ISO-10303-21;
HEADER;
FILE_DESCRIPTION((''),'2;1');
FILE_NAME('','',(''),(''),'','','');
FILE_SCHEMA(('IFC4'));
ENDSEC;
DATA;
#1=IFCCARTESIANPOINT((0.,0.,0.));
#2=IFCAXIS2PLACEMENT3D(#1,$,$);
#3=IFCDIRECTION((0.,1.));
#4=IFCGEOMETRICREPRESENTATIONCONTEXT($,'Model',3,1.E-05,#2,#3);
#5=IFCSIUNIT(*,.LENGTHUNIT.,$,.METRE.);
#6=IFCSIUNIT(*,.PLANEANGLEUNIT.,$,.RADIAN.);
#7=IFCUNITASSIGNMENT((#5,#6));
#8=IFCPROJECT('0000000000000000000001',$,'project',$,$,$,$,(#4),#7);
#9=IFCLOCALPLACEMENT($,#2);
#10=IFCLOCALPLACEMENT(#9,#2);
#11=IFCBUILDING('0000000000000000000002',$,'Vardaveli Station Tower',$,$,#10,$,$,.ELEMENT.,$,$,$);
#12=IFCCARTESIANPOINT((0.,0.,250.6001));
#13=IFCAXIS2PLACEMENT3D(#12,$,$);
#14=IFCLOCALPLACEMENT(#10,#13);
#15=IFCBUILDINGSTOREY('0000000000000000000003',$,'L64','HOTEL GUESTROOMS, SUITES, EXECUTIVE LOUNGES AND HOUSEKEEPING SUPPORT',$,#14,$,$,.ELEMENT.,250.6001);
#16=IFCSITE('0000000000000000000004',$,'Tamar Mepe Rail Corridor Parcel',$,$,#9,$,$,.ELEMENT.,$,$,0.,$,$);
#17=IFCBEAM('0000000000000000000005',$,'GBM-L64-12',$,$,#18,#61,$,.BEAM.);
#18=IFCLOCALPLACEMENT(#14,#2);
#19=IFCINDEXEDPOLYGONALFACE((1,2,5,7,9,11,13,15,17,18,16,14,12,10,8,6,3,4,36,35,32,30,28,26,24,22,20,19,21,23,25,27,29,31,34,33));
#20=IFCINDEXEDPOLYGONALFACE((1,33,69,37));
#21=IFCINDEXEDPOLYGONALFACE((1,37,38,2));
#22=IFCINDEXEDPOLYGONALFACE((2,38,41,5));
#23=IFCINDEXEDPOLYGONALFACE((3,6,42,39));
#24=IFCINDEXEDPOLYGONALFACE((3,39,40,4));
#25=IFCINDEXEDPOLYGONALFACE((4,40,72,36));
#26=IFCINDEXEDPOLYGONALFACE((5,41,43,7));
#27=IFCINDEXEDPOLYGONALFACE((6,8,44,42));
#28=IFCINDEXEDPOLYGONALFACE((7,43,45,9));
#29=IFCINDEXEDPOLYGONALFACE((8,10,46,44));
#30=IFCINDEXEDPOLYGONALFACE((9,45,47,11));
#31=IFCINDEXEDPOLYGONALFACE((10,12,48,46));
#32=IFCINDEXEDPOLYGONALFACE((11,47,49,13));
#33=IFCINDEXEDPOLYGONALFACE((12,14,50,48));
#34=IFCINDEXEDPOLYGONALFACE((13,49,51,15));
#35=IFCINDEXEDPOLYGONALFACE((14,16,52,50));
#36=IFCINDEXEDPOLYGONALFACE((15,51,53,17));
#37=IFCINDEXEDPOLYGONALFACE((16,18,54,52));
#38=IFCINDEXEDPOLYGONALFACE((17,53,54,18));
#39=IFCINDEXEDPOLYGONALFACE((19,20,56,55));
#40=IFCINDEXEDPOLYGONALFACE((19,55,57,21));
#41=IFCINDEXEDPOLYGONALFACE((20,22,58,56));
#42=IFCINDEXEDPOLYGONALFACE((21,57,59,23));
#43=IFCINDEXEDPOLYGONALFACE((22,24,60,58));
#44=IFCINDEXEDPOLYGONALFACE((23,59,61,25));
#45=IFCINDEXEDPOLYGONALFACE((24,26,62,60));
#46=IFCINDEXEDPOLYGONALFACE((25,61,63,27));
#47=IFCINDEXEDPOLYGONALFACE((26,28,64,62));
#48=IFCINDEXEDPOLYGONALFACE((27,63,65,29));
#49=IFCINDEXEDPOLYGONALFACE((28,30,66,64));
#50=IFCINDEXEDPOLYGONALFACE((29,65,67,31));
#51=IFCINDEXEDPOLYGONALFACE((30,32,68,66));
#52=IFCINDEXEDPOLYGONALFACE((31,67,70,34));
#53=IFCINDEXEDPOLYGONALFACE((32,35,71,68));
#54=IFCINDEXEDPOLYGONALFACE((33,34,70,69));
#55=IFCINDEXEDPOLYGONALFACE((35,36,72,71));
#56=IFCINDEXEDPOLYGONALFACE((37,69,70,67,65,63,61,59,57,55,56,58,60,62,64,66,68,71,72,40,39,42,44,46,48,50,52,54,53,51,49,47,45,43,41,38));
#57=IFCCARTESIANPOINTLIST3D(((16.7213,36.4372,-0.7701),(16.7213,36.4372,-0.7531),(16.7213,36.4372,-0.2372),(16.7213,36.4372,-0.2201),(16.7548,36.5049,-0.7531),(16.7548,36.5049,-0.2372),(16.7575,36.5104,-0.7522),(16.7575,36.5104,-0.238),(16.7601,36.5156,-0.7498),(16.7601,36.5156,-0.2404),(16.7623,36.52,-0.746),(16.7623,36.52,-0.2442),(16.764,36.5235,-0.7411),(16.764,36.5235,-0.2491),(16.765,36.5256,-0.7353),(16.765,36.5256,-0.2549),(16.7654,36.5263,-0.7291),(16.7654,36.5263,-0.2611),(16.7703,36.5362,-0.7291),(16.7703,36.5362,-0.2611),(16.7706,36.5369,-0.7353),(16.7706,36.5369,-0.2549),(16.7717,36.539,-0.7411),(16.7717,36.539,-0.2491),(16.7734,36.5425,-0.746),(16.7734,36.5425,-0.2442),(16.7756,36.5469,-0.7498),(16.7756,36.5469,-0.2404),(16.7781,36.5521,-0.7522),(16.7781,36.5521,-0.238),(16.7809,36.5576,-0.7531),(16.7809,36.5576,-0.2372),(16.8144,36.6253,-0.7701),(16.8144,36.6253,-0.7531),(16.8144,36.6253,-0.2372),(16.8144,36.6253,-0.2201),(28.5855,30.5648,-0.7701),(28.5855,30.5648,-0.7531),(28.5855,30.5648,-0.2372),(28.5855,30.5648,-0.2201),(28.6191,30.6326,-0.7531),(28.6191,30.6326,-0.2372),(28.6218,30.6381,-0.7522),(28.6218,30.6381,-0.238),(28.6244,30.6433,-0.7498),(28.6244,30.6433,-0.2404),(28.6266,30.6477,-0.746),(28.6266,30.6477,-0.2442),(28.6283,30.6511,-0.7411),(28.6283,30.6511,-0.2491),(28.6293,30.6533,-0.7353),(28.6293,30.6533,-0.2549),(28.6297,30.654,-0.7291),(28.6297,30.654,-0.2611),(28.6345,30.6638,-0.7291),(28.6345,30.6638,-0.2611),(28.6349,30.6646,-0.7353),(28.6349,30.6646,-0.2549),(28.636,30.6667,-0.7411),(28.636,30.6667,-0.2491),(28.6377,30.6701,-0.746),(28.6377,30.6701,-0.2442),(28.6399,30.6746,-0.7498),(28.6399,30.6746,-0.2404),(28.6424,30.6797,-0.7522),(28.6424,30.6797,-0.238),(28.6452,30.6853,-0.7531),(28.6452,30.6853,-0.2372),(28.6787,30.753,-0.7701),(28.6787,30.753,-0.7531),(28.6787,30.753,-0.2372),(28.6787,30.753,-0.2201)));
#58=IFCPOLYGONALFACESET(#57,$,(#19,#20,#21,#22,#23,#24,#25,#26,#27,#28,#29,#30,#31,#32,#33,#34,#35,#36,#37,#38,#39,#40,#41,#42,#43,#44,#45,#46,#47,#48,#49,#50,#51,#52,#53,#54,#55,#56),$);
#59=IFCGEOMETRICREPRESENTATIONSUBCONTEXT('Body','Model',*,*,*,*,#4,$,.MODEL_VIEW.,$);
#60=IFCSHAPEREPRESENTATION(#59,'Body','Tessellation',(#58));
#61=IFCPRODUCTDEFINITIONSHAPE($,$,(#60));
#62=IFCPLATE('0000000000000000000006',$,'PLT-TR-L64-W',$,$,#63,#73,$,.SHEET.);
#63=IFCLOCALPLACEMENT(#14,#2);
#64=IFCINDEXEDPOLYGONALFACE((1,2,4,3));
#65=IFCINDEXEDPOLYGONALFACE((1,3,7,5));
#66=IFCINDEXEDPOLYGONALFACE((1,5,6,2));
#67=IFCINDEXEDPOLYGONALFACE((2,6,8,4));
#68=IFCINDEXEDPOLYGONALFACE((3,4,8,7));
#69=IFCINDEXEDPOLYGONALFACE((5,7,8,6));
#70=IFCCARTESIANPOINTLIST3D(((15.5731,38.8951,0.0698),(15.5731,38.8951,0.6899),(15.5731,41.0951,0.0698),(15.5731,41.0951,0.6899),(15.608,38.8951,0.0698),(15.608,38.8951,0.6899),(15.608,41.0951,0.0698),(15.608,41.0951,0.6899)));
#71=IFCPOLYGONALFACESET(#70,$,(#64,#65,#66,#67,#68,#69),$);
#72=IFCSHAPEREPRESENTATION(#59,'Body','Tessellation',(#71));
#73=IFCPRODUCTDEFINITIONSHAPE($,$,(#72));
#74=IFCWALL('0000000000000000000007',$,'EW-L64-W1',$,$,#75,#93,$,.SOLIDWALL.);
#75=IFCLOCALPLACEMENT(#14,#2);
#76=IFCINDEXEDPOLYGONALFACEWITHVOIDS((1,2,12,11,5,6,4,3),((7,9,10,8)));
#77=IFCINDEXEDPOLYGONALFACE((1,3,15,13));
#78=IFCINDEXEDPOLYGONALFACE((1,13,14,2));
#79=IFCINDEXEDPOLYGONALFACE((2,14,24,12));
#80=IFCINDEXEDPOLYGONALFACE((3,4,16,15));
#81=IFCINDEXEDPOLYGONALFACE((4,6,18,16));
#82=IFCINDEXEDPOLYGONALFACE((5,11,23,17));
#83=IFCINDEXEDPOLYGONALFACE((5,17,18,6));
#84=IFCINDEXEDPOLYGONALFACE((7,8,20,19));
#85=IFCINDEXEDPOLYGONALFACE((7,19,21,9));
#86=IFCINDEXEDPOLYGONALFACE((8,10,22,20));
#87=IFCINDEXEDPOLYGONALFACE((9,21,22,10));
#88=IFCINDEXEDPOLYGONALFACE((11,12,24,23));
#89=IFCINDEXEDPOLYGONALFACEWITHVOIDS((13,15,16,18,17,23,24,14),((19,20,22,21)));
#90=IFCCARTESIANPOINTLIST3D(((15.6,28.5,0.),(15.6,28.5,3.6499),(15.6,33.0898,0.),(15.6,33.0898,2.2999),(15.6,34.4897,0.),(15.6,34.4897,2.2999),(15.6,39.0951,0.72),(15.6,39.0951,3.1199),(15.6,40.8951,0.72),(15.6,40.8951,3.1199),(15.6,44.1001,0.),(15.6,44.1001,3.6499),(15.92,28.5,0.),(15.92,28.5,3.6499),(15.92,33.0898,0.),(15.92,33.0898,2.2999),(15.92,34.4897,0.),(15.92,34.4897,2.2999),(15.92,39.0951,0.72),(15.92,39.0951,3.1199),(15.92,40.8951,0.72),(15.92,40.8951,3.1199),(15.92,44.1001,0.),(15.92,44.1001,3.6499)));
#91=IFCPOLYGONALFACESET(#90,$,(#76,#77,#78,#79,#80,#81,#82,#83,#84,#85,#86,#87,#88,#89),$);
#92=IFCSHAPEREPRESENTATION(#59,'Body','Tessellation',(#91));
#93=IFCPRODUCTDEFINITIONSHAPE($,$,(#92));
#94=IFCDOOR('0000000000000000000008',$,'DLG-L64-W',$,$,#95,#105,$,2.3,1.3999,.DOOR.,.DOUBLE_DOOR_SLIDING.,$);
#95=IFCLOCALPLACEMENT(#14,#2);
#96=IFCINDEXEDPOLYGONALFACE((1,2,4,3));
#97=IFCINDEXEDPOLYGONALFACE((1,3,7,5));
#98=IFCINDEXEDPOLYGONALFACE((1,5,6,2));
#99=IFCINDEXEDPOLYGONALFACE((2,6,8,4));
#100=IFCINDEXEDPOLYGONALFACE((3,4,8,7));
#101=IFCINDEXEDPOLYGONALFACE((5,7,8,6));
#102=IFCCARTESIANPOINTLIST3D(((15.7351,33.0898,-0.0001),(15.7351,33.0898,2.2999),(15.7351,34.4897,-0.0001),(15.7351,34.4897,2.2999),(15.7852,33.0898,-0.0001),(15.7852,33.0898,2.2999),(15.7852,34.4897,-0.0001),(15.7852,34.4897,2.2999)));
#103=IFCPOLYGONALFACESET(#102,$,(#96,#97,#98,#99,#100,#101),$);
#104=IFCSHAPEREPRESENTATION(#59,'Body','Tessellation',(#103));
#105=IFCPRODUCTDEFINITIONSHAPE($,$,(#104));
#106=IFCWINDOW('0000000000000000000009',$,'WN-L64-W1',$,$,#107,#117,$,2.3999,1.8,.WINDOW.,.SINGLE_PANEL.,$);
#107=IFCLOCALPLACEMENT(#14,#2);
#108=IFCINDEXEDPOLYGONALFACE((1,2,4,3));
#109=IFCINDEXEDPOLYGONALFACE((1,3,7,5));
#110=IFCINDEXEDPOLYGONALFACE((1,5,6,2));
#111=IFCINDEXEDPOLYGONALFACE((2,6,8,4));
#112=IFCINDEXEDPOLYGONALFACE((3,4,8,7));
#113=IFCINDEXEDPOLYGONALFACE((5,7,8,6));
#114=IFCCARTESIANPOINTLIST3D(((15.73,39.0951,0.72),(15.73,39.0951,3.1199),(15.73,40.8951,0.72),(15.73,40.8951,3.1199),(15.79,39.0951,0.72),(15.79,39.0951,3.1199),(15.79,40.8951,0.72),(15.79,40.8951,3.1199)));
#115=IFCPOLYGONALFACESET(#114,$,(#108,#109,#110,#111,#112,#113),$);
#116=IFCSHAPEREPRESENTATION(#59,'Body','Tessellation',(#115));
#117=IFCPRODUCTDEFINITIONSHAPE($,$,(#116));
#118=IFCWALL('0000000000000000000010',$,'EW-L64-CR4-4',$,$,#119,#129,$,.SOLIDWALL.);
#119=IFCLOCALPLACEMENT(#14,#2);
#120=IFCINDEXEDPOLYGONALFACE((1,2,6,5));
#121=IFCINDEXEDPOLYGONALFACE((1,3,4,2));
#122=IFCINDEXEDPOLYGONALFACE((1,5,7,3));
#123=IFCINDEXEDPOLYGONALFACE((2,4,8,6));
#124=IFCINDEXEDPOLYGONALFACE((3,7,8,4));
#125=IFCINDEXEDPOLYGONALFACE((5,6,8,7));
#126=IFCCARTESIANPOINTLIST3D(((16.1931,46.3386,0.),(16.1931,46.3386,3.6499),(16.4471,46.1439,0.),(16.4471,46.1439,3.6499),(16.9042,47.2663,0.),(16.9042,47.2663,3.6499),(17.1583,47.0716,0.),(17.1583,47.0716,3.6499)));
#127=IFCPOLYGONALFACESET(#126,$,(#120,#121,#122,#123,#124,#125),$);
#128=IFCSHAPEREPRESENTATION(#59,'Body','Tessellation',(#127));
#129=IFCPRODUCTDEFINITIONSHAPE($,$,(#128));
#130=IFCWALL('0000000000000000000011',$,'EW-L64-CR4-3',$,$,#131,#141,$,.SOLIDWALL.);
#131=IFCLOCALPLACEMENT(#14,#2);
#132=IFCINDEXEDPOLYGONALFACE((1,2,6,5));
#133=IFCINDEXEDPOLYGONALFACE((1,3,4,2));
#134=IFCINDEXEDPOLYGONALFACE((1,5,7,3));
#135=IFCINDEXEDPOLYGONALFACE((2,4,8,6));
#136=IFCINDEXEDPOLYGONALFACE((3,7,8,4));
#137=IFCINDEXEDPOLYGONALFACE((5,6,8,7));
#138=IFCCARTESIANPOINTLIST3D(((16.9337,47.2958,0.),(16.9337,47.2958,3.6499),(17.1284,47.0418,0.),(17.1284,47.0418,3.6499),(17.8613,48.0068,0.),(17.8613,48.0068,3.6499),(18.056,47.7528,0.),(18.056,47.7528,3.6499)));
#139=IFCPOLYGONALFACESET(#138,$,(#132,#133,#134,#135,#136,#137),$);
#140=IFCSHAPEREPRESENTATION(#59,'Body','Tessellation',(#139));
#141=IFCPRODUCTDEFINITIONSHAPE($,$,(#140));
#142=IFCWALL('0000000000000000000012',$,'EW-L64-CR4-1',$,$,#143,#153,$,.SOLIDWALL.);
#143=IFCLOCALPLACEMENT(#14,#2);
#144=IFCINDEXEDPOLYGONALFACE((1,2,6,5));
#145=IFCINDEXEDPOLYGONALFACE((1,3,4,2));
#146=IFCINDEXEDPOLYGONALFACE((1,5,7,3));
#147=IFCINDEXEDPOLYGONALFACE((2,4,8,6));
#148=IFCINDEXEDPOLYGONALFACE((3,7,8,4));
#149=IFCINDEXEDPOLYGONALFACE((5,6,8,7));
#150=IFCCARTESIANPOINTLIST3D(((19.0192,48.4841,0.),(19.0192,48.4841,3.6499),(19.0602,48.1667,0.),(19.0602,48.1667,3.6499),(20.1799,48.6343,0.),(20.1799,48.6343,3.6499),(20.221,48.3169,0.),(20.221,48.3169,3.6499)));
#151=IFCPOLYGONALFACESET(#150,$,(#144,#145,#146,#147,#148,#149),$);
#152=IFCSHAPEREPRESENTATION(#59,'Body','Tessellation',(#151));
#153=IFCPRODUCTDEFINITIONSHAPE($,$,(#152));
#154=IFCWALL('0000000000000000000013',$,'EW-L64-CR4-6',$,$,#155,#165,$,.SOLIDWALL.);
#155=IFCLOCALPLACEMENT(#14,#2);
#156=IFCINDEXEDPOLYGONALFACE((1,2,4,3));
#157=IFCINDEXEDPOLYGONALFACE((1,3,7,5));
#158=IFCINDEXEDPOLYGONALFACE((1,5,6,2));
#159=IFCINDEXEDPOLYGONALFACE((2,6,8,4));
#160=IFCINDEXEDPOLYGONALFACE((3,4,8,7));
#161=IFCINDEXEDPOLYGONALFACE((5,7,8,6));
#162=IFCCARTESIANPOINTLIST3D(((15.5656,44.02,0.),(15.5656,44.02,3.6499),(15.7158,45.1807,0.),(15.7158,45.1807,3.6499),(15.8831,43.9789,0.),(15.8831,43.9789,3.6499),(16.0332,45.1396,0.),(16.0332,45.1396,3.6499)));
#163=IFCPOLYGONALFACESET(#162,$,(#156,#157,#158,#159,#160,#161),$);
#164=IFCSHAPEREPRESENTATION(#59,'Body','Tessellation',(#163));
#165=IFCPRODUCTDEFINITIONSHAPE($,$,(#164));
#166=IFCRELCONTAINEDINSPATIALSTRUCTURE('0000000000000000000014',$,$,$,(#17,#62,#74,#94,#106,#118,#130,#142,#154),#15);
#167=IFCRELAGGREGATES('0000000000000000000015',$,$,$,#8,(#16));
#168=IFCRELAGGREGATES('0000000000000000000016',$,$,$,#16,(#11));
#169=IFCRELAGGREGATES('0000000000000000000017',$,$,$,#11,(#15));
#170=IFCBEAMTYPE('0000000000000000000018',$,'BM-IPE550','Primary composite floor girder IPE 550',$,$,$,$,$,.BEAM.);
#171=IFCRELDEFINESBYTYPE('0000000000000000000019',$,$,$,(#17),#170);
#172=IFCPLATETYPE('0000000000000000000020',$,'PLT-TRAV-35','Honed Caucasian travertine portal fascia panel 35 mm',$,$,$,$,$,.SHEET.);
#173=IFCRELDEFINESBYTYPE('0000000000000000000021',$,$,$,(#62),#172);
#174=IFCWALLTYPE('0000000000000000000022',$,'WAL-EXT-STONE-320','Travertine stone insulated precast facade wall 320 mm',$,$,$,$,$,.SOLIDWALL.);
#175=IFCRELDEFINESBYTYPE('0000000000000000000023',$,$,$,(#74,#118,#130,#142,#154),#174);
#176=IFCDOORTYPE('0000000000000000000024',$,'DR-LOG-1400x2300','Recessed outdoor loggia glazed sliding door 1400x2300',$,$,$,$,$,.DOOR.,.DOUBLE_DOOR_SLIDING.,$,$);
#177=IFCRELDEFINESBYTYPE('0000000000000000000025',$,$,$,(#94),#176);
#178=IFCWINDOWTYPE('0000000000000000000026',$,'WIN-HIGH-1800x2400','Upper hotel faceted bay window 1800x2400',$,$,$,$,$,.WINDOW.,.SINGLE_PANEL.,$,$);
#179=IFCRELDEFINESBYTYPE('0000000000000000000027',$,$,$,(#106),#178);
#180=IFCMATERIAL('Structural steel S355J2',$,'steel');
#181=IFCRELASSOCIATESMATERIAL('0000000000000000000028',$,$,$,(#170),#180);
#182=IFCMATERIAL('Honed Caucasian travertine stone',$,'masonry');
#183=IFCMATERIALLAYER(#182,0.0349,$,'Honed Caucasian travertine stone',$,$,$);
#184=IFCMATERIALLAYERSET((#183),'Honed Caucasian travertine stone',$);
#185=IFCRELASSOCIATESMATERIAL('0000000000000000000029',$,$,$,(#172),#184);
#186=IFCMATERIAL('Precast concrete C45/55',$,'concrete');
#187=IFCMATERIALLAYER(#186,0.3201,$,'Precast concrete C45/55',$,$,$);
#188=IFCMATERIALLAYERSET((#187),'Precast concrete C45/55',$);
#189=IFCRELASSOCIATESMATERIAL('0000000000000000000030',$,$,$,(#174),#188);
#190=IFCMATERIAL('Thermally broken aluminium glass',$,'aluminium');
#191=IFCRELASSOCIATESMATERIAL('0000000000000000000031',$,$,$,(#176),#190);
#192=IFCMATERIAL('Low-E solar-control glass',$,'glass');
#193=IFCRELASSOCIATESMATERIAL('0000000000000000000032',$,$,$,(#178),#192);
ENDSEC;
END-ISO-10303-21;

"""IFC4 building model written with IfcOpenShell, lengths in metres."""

from ifc_helpers import new_model, si_unit, direction, frame, frame_2d, origin, origin_2d, place, context, subcontext, project, spatial, rectangle, i_section, extrude, source, transform, mapped, material, layer, layer_set, material_profile, profile_set, type_object, element, fill, save


model = new_model("IFC4")

# Units and contexts
model_context = context("Model", 3, precision=1e-05, world=origin(), true_north=direction((0.0, 1.0)))
body_context = subcontext(model_context, "Body", "Model", "MODEL_VIEW")
ifc_project = project(units=[si_unit("LENGTHUNIT", "METRE"), si_unit("PLANEANGLEUNIT", "RADIAN")], contexts=[model_context])

# Site, building, storey
site_placement = place(None, origin())
site = spatial("IfcSite", under=ifc_project, at=site_placement, Name="Tamar Mepe Rail Corridor Parcel", CompositionType="ELEMENT", RefElevation=0.0)
building_placement = place(site_placement, origin())
building = spatial("IfcBuilding", under=site, at=building_placement, Name="Vardaveli Station Tower", CompositionType="ELEMENT")
storey_placement = place(building_placement, frame((0.0, 0.0, 250.6001)))
storey = spatial("IfcBuildingStorey", under=building, at=storey_placement, Name="L64", Description="HOTEL GUESTROOMS, SUITES, EXECUTIVE LOUNGES AND HOUSEKEEPING SUPPORT", CompositionType="ELEMENT", Elevation=250.6001)

# Beam
ifc_material_1 = material(Name="Precast concrete C45/55", Category="concrete")
ifc_material_2 = material(Name="Structural steel S355J2", Category="steel")
ifc_material_profile_1 = material_profile(ifc_material_2, i_section(OverallWidth=0.21, OverallDepth=0.55, WebThickness=0.011, FlangeThickness=0.0171, FilletRadius=0.0239, at=origin_2d()), Name="IPE 550")
ifc_profile_set_1 = profile_set([ifc_material_profile_1], Name="Structural steel S355J2")
beam_type_1 = type_object("IfcBeamType", Name="BM-IPE550", Description="Primary composite floor girder IPE 550", PredefinedType="BEAM", material=ifc_profile_set_1)
shared_shape_1 = source(origin(), body_context, "Body", "SweptSolid", [
    extrude(i_section(OverallWidth=0.21, OverallDepth=0.55, WebThickness=0.011, FlangeThickness=0.0171, FilletRadius=0.0239, at=origin_2d()), origin(), (0.0, 0.0, 1.0), 13.238),
])
beam_1_placement = place(storey_placement, frame((16.7678, 36.5312, -0.4951), z_axis=(0.896227, -0.443595, 0.0), x_axis=(0.443595, 0.896227, 0.0)))
element("IfcBeam", 1, at=beam_1_placement, inside=storey, type_object=beam_type_1, Name="GBM-L64-12", PredefinedType="BEAM", context=body_context, shape_type="MappedRepresentation", body=[
    mapped(shared_shape_1, transform((0.0, 0.0, 0.0), scale=1.0)),
])

# Plate
ifc_material_3 = material(Name="Honed Caucasian travertine stone", Category="masonry")
ifc_layer_1 = layer(ifc_material_3, 0.0349, Name="Honed Caucasian travertine stone")
ifc_layer_set_1 = layer_set([ifc_layer_1], Name="Honed Caucasian travertine stone")
plate_type = type_object("IfcPlateType", Name="PLT-TRAV-35", Description="Honed Caucasian travertine portal fascia panel 35 mm", PredefinedType="SHEET", material=ifc_layer_set_1)
shared_shape_2 = source(origin(), body_context, "Body", "SweptSolid", [
    extrude(rectangle(XDim=2.2, YDim=0.0349, at=origin_2d()), origin(), (0.0, 0.0, 1.0), 0.6201),
])
plate_placement = place(storey_placement, frame((15.5906, 39.9951, 0.0698), z_axis=(0.0, 0.0, 1.0), x_axis=(0.0, 1.0, 0.0)))
element("IfcPlate", 2, at=plate_placement, inside=storey, type_object=plate_type, Name="PLT-TR-L64-W", PredefinedType="SHEET", context=body_context, shape_type="MappedRepresentation", body=[
    mapped(shared_shape_2, transform((0.0, 0.0, 0.0), scale=1.0)),
])

# Wall, openings, door, window
ifc_layer_2 = layer(ifc_material_1, 0.3201, Name="Precast concrete C45/55")
ifc_layer_set_2 = layer_set([ifc_layer_2], Name="Precast concrete C45/55")
wall_type_1 = type_object("IfcWallType", Name="WAL-EXT-STONE-320", Description="Travertine stone insulated precast facade wall 320 mm", PredefinedType="SOLIDWALL", material=ifc_layer_set_2)
shared_shape_3 = source(origin(), body_context, "Body", "SweptSolid", [
    extrude(rectangle(XDim=15.6001, YDim=0.3201, at=frame_2d((7.8, 0.0))), origin(), (0.0, 0.0, 1.0), 3.6499),
])
wall_1_placement = place(storey_placement, frame((15.76, 44.1001, 0.0), z_axis=(0.0, 0.0, 1.0), x_axis=(0.0, -1.0, 0.0)))
wall_1 = element("IfcWall", 3, at=wall_1_placement, inside=storey, type_object=wall_type_1, Name="EW-L64-W1", PredefinedType="SOLIDWALL", context=body_context, shape_type="MappedRepresentation", body=[
    mapped(shared_shape_3, transform((0.0, 0.0, 0.0), scale=1.0)),
])
shared_shape_4 = source(origin(), body_context, "Body", "SweptSolid", [
    extrude(rectangle(XDim=1.3999, YDim=2.3, at=frame_2d((0.7, 1.1499))), frame((0.0, 0.1699, 0.0), z_axis=(0.0, -1.0, 0.0), x_axis=(1.0, 0.0, 0.0)), (0.0, 0.0, 1.0), 0.3401),
])
opening_1_placement = place(wall_1_placement, frame((9.6104, 0.0, 0.0)))
opening_1 = element("IfcOpeningElement", 4, at=opening_1_placement, cuts=wall_1, PredefinedType="OPENING", context=body_context, shape_type="MappedRepresentation", body=[
    mapped(shared_shape_4, transform((0.0, 0.0, 0.0), scale=1.0)),
])
shared_shape_5 = source(origin(), body_context, "Body", "SweptSolid", [
    extrude(rectangle(XDim=1.8, YDim=2.3999, at=frame_2d((0.8999, 1.2))), frame((0.0, 0.1699, 0.0), z_axis=(0.0, -1.0, 0.0), x_axis=(1.0, 0.0, 0.0)), (0.0, 0.0, 1.0), 0.3401),
])
opening_2_placement = place(wall_1_placement, frame((3.2051, 0.0, 0.72)))
opening_2 = element("IfcOpeningElement", 5, at=opening_2_placement, cuts=wall_1, PredefinedType="OPENING", context=body_context, shape_type="MappedRepresentation", body=[
    mapped(shared_shape_5, transform((0.0, 0.0, 0.0), scale=1.0)),
])
ifc_material_4 = material(Name="Thermally broken aluminium glass", Category="aluminium")
door_type_1 = type_object("IfcDoorType", Name="DR-LOG-1400x2300", Description="Recessed outdoor loggia glazed sliding door 1400x2300", OperationType="DOUBLE_DOOR_SLIDING", PredefinedType="DOOR", material=ifc_material_4)
shared_shape_6 = source(origin(), body_context, "Body", "SweptSolid", [
    extrude(rectangle(XDim=1.3999, YDim=2.3, at=frame_2d((0.7, 1.1499))), frame((0.0, 0.0249, 0.0), z_axis=(0.0, -1.0, 0.0), x_axis=(1.0, 0.0, 0.0)), (0.0, 0.0, 1.0), 0.05),
])
door_1_placement = place(opening_1_placement, frame((1.3999, 0.0, 0.0), z_axis=(0.0, 0.0, 1.0), x_axis=(-1.0, 0.0, 0.0)))
door_1 = element("IfcDoor", 6, at=door_1_placement, inside=storey, type_object=door_type_1, Name="DLG-L64-W", OperationType="DOUBLE_DOOR_SLIDING", OverallHeight=2.3, OverallWidth=1.3999, PredefinedType="DOOR", context=body_context, shape_type="MappedRepresentation", body=[
    mapped(shared_shape_6, transform((0.0, 0.0, 0.0), scale=1.0)),
])
fill(opening_1, door_1)
ifc_material_5 = material(Name="Low-E solar-control glass", Category="glass")
window_type = type_object("IfcWindowType", Name="WIN-HIGH-1800x2400", Description="Upper hotel faceted bay window 1800x2400", PartitioningType="SINGLE_PANEL", PredefinedType="WINDOW", material=ifc_material_5)
shared_shape_7 = source(origin(), body_context, "Body", "SweptSolid", [
    extrude(rectangle(XDim=1.8, YDim=2.3999, at=frame_2d((0.8999, 1.2))), frame((0.0, 0.03, 0.0), z_axis=(0.0, -1.0, 0.0), x_axis=(1.0, 0.0, 0.0)), (0.0, 0.0, 1.0), 0.0601),
])
window_placement = place(opening_2_placement, origin())
window = element("IfcWindow", 7, at=window_placement, inside=storey, type_object=window_type, Name="WN-L64-W1", OverallHeight=2.3999, OverallWidth=1.8, PartitioningType="SINGLE_PANEL", PredefinedType="WINDOW", context=body_context, shape_type="MappedRepresentation", body=[
    mapped(shared_shape_7, transform((0.0, 0.0, 0.0), scale=1.0)),
])
fill(opening_2, window)

# Walls
shared_shape_8 = source(origin(), body_context, "Body", "SweptSolid", [
    extrude(rectangle(XDim=1.1689, YDim=0.3201, at=frame_2d((0.5845, 0.0))), origin(), (0.0, 0.0, 1.0), 3.6499),
])
wall_2_placement = place(storey_placement, frame((17.0312, 47.1689, 0.0), z_axis=(0.0, 0.0, 1.0), x_axis=(-0.608388, -0.79364, 0.0)))
element("IfcWall", 8, at=wall_2_placement, inside=storey, type_object=wall_type_1, Name="EW-L64-CR4-4", PredefinedType="SOLIDWALL", context=body_context, shape_type="MappedRepresentation", body=[
    mapped(shared_shape_8, transform((0.0, 0.0, 0.0), scale=1.0)),
])
shared_shape_9 = source(origin(), body_context, "Body", "SweptSolid", [
    extrude(rectangle(XDim=1.1687, YDim=0.3201, at=frame_2d((0.5845, 0.0))), origin(), (0.0, 0.0, 1.0), 3.6499),
])
wall_3_placement = place(storey_placement, frame((17.9587, 47.8799, 0.0), z_axis=(0.0, 0.0, 1.0), x_axis=(-0.793664, -0.608357, 0.0)))
element("IfcWall", 9, at=wall_3_placement, inside=storey, type_object=wall_type_1, Name="EW-L64-CR4-3", PredefinedType="SOLIDWALL", context=body_context, shape_type="MappedRepresentation", body=[
    mapped(shared_shape_9, transform((0.0, 0.0, 0.0), scale=1.0)),
])
shared_shape_10 = source(origin(), body_context, "Body", "SweptSolid", [
    extrude(rectangle(XDim=1.1704, YDim=0.3201, at=frame_2d((0.5852, 0.0))), origin(), (0.0, 0.0, 1.0), 3.6499),
])
for number, where, z_axis, x_axis, name in (
    (10, (20.2004, 48.4756, 0.0), (0.0, 0.0, 1.0), (-0.991736, -0.128296, 0.0), "EW-L64-CR4-1"),
    (11, (15.8745, 45.1602, 0.0), (0.0, 0.0, 1.0), (-0.128296, -0.991736, 0.0), "EW-L64-CR4-6"),
):
    element("IfcWall", number, at=place(storey_placement, frame(where, z_axis=z_axis, x_axis=x_axis)), inside=storey, type_object=wall_type_1, Name=name, PredefinedType="SOLIDWALL", context=body_context, shape_type="MappedRepresentation", body=[
        mapped(shared_shape_10, transform((0.0, 0.0, 0.0), scale=1.0)),
    ])

save(model, "model.ifc")
